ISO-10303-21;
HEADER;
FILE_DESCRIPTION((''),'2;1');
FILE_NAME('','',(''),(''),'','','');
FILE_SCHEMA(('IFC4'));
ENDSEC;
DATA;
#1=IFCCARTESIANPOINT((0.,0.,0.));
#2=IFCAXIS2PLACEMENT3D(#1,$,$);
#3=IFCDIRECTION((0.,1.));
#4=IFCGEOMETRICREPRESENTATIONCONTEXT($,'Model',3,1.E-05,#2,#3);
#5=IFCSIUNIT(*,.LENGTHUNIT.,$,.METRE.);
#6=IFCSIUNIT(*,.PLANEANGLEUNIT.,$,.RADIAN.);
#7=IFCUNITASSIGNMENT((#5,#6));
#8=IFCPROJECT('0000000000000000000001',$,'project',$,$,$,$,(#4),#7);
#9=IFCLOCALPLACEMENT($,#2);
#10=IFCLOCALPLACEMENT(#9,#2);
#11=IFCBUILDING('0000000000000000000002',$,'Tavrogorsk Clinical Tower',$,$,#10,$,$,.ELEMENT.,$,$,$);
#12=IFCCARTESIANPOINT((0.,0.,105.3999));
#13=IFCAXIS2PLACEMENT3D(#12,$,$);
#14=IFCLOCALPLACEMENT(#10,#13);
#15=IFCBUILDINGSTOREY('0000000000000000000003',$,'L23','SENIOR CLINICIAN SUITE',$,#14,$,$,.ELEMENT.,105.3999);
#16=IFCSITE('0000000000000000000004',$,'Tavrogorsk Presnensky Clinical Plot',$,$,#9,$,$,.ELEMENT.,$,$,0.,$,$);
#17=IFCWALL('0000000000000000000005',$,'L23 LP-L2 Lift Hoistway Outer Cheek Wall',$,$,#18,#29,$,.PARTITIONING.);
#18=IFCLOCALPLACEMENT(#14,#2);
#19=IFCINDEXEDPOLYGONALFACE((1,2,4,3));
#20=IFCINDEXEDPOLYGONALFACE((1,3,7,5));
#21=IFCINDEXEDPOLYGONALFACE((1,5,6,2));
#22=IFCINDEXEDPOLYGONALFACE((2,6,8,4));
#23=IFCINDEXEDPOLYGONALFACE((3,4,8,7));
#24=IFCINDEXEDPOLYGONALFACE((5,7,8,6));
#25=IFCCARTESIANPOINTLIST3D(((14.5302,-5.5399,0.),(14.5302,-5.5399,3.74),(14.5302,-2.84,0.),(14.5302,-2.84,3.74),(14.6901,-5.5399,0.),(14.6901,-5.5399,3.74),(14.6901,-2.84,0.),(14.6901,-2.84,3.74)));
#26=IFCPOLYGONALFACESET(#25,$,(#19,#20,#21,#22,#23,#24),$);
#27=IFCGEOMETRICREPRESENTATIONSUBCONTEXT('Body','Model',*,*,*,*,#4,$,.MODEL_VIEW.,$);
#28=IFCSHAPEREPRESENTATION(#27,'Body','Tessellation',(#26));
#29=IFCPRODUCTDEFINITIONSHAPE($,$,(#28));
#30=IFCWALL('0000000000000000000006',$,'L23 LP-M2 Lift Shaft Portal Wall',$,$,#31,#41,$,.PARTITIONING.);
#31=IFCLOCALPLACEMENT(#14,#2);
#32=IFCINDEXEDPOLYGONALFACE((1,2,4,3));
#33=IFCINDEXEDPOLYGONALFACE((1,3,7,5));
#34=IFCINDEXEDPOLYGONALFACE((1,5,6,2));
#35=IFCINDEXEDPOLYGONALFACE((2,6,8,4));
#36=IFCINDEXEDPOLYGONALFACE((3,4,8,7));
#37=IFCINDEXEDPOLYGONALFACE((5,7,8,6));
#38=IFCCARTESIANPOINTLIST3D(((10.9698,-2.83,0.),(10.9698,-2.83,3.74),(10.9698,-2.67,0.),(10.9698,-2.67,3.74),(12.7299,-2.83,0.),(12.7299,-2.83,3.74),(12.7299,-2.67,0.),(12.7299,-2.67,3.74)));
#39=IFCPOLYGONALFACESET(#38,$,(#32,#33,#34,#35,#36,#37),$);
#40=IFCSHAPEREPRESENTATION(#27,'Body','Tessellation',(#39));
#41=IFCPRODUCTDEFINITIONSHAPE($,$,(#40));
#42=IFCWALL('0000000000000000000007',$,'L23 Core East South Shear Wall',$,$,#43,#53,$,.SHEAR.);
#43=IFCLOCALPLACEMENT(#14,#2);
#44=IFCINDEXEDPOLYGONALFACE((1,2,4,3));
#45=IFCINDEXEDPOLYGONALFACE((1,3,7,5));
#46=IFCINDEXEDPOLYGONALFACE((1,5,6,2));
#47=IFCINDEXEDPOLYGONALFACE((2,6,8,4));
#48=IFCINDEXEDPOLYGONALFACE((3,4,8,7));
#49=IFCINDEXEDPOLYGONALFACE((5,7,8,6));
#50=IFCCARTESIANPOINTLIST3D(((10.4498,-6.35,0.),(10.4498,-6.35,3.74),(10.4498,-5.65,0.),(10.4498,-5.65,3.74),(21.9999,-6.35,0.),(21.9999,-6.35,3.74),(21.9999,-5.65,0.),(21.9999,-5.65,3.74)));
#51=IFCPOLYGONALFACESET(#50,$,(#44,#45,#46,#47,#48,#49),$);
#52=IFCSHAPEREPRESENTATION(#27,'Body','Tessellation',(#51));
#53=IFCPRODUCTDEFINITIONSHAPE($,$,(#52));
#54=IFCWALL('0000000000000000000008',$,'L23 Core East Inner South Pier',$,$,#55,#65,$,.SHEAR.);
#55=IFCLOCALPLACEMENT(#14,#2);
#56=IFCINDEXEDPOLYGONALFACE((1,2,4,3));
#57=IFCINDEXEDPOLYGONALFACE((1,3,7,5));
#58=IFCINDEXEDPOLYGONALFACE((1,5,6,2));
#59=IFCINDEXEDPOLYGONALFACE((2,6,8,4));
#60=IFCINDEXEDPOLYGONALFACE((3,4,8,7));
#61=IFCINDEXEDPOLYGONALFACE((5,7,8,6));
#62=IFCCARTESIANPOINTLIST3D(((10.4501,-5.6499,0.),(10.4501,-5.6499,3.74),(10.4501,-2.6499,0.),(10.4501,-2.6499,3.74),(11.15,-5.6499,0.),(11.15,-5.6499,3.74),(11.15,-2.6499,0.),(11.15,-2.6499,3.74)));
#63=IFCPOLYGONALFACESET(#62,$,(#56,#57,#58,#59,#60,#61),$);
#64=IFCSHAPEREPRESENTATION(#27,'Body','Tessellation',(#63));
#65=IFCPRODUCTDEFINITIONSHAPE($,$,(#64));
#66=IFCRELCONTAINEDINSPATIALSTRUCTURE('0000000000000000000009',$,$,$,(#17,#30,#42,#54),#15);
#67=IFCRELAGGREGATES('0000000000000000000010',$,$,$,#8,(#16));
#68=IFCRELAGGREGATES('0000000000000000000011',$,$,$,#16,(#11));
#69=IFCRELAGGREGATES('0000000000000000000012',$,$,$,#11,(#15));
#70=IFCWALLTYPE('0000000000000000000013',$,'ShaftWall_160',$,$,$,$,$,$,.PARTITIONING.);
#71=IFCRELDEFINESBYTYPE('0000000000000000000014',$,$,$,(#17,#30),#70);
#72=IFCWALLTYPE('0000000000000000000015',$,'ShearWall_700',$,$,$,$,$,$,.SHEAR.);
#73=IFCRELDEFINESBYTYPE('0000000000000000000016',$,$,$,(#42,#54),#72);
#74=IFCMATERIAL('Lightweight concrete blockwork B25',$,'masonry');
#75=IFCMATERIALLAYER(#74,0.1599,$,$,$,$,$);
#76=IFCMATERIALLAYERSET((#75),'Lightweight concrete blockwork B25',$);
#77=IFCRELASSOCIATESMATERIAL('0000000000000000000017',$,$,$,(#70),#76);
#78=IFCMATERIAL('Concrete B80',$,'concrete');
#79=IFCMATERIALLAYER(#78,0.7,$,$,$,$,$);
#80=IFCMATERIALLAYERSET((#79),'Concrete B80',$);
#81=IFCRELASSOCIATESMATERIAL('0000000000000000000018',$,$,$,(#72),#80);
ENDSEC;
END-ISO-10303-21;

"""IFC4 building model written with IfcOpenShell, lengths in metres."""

from ifc_helpers import new_model, si_unit, direction, frame, frame_2d, origin, place, context, subcontext, project, spatial, rectangle, extrude, material, layer, layer_set, type_object, element, save


model = new_model("IFC4")

# Units and contexts
model_context = context("Model", 3, precision=1e-05, world=origin(), true_north=direction((0.0, 1.0)))
body_context = subcontext(model_context, "Body", "Model", "MODEL_VIEW")
ifc_project = project(units=[si_unit("LENGTHUNIT", "METRE"), si_unit("PLANEANGLEUNIT", "RADIAN")], contexts=[model_context])

# Site, building, storey
site_placement = place(None, origin())
site = spatial("IfcSite", under=ifc_project, at=site_placement, Name="Tavrogorsk Presnensky Clinical Plot", CompositionType="ELEMENT", RefElevation=0.0)
building_placement = place(site_placement, origin())
building = spatial("IfcBuilding", under=site, at=building_placement, Name="Tavrogorsk Clinical Tower", CompositionType="ELEMENT")
storey_placement = place(building_placement, frame((0.0, 0.0, 105.3999)))
storey = spatial("IfcBuildingStorey", under=building, at=storey_placement, Name="L23", Description="SENIOR CLINICIAN SUITE", CompositionType="ELEMENT", Elevation=105.3999)

# Shared definitions
ifc_material_1 = material(Name="Lightweight concrete blockwork B25", Category="masonry")
ifc_layer_1 = layer(ifc_material_1, 0.1599)
ifc_layer_set_1 = layer_set([ifc_layer_1], Name="Lightweight concrete blockwork B25")
wall_type_1 = type_object("IfcWallType", Name="ShaftWall_160", PredefinedType="PARTITIONING", material=ifc_layer_set_1)

# Walls
for number, where, z_axis, x_axis, name in (
    (1, (14.6101, -5.54, 0.0), (0.0, 0.0, 1.0), (0.0, 1.0, 0.0), "L23 LP-L2 Lift Hoistway Outer Cheek Wall"),
):
    element("IfcWall", number, at=place(storey_placement, frame(where, z_axis=z_axis, x_axis=x_axis)), inside=storey, type_object=wall_type_1, Name=name, PredefinedType="PARTITIONING", context=body_context, shape_type="SweptSolid", body=[
        extrude(rectangle(XDim=2.7, YDim=0.1599, at=frame_2d((1.3501, 0.0))), origin(), (0.0, 0.0, 1.0), 3.74),
    ])
wall_1_placement = place(storey_placement, frame((10.97, -2.75, 0.0), z_axis=(0.0, 0.0, 1.0), x_axis=(1.0, 0.0, 0.0)))
element("IfcWall", 2, at=wall_1_placement, inside=storey, type_object=wall_type_1, Name="L23 LP-M2 Lift Shaft Portal Wall", PredefinedType="PARTITIONING", context=body_context, shape_type="SweptSolid", body=[
    extrude(rectangle(XDim=1.76, YDim=0.1599, at=frame_2d((0.8799, 0.0))), origin(), (0.0, 0.0, 1.0), 3.74),
])
ifc_material_2 = material(Name="Concrete B80", Category="concrete")
ifc_layer_2 = layer(ifc_material_2, 0.7)
ifc_layer_set_2 = layer_set([ifc_layer_2], Name="Concrete B80")
wall_type_2 = type_object("IfcWallType", Name="ShearWall_700", PredefinedType="SHEAR", material=ifc_layer_set_2)
wall_2_placement = place(storey_placement, frame((10.45, -6.0, 0.0), z_axis=(0.0, 0.0, 1.0), x_axis=(1.0, 0.0, 0.0)))
element("IfcWall", 3, at=wall_2_placement, inside=storey, type_object=wall_type_2, Name="L23 Core East South Shear Wall", PredefinedType="SHEAR", context=body_context, shape_type="SweptSolid", body=[
    extrude(rectangle(XDim=11.55, YDim=0.7, at=frame_2d((5.7749, 0.0))), origin(), (0.0, 0.0, 1.0), 3.74),
])
wall_3_placement = place(storey_placement, frame((10.8, -5.6499, 0.0), z_axis=(0.0, 0.0, 1.0), x_axis=(0.0, 1.0, 0.0)))
element("IfcWall", 4, at=wall_3_placement, inside=storey, type_object=wall_type_2, Name="L23 Core East Inner South Pier", PredefinedType="SHEAR", context=body_context, shape_type="SweptSolid", body=[
    extrude(rectangle(XDim=3.0, YDim=0.7, at=frame_2d((1.5, 0.0))), origin(), (0.0, 0.0, 1.0), 3.74),
])

save(model, "model.ifc")
